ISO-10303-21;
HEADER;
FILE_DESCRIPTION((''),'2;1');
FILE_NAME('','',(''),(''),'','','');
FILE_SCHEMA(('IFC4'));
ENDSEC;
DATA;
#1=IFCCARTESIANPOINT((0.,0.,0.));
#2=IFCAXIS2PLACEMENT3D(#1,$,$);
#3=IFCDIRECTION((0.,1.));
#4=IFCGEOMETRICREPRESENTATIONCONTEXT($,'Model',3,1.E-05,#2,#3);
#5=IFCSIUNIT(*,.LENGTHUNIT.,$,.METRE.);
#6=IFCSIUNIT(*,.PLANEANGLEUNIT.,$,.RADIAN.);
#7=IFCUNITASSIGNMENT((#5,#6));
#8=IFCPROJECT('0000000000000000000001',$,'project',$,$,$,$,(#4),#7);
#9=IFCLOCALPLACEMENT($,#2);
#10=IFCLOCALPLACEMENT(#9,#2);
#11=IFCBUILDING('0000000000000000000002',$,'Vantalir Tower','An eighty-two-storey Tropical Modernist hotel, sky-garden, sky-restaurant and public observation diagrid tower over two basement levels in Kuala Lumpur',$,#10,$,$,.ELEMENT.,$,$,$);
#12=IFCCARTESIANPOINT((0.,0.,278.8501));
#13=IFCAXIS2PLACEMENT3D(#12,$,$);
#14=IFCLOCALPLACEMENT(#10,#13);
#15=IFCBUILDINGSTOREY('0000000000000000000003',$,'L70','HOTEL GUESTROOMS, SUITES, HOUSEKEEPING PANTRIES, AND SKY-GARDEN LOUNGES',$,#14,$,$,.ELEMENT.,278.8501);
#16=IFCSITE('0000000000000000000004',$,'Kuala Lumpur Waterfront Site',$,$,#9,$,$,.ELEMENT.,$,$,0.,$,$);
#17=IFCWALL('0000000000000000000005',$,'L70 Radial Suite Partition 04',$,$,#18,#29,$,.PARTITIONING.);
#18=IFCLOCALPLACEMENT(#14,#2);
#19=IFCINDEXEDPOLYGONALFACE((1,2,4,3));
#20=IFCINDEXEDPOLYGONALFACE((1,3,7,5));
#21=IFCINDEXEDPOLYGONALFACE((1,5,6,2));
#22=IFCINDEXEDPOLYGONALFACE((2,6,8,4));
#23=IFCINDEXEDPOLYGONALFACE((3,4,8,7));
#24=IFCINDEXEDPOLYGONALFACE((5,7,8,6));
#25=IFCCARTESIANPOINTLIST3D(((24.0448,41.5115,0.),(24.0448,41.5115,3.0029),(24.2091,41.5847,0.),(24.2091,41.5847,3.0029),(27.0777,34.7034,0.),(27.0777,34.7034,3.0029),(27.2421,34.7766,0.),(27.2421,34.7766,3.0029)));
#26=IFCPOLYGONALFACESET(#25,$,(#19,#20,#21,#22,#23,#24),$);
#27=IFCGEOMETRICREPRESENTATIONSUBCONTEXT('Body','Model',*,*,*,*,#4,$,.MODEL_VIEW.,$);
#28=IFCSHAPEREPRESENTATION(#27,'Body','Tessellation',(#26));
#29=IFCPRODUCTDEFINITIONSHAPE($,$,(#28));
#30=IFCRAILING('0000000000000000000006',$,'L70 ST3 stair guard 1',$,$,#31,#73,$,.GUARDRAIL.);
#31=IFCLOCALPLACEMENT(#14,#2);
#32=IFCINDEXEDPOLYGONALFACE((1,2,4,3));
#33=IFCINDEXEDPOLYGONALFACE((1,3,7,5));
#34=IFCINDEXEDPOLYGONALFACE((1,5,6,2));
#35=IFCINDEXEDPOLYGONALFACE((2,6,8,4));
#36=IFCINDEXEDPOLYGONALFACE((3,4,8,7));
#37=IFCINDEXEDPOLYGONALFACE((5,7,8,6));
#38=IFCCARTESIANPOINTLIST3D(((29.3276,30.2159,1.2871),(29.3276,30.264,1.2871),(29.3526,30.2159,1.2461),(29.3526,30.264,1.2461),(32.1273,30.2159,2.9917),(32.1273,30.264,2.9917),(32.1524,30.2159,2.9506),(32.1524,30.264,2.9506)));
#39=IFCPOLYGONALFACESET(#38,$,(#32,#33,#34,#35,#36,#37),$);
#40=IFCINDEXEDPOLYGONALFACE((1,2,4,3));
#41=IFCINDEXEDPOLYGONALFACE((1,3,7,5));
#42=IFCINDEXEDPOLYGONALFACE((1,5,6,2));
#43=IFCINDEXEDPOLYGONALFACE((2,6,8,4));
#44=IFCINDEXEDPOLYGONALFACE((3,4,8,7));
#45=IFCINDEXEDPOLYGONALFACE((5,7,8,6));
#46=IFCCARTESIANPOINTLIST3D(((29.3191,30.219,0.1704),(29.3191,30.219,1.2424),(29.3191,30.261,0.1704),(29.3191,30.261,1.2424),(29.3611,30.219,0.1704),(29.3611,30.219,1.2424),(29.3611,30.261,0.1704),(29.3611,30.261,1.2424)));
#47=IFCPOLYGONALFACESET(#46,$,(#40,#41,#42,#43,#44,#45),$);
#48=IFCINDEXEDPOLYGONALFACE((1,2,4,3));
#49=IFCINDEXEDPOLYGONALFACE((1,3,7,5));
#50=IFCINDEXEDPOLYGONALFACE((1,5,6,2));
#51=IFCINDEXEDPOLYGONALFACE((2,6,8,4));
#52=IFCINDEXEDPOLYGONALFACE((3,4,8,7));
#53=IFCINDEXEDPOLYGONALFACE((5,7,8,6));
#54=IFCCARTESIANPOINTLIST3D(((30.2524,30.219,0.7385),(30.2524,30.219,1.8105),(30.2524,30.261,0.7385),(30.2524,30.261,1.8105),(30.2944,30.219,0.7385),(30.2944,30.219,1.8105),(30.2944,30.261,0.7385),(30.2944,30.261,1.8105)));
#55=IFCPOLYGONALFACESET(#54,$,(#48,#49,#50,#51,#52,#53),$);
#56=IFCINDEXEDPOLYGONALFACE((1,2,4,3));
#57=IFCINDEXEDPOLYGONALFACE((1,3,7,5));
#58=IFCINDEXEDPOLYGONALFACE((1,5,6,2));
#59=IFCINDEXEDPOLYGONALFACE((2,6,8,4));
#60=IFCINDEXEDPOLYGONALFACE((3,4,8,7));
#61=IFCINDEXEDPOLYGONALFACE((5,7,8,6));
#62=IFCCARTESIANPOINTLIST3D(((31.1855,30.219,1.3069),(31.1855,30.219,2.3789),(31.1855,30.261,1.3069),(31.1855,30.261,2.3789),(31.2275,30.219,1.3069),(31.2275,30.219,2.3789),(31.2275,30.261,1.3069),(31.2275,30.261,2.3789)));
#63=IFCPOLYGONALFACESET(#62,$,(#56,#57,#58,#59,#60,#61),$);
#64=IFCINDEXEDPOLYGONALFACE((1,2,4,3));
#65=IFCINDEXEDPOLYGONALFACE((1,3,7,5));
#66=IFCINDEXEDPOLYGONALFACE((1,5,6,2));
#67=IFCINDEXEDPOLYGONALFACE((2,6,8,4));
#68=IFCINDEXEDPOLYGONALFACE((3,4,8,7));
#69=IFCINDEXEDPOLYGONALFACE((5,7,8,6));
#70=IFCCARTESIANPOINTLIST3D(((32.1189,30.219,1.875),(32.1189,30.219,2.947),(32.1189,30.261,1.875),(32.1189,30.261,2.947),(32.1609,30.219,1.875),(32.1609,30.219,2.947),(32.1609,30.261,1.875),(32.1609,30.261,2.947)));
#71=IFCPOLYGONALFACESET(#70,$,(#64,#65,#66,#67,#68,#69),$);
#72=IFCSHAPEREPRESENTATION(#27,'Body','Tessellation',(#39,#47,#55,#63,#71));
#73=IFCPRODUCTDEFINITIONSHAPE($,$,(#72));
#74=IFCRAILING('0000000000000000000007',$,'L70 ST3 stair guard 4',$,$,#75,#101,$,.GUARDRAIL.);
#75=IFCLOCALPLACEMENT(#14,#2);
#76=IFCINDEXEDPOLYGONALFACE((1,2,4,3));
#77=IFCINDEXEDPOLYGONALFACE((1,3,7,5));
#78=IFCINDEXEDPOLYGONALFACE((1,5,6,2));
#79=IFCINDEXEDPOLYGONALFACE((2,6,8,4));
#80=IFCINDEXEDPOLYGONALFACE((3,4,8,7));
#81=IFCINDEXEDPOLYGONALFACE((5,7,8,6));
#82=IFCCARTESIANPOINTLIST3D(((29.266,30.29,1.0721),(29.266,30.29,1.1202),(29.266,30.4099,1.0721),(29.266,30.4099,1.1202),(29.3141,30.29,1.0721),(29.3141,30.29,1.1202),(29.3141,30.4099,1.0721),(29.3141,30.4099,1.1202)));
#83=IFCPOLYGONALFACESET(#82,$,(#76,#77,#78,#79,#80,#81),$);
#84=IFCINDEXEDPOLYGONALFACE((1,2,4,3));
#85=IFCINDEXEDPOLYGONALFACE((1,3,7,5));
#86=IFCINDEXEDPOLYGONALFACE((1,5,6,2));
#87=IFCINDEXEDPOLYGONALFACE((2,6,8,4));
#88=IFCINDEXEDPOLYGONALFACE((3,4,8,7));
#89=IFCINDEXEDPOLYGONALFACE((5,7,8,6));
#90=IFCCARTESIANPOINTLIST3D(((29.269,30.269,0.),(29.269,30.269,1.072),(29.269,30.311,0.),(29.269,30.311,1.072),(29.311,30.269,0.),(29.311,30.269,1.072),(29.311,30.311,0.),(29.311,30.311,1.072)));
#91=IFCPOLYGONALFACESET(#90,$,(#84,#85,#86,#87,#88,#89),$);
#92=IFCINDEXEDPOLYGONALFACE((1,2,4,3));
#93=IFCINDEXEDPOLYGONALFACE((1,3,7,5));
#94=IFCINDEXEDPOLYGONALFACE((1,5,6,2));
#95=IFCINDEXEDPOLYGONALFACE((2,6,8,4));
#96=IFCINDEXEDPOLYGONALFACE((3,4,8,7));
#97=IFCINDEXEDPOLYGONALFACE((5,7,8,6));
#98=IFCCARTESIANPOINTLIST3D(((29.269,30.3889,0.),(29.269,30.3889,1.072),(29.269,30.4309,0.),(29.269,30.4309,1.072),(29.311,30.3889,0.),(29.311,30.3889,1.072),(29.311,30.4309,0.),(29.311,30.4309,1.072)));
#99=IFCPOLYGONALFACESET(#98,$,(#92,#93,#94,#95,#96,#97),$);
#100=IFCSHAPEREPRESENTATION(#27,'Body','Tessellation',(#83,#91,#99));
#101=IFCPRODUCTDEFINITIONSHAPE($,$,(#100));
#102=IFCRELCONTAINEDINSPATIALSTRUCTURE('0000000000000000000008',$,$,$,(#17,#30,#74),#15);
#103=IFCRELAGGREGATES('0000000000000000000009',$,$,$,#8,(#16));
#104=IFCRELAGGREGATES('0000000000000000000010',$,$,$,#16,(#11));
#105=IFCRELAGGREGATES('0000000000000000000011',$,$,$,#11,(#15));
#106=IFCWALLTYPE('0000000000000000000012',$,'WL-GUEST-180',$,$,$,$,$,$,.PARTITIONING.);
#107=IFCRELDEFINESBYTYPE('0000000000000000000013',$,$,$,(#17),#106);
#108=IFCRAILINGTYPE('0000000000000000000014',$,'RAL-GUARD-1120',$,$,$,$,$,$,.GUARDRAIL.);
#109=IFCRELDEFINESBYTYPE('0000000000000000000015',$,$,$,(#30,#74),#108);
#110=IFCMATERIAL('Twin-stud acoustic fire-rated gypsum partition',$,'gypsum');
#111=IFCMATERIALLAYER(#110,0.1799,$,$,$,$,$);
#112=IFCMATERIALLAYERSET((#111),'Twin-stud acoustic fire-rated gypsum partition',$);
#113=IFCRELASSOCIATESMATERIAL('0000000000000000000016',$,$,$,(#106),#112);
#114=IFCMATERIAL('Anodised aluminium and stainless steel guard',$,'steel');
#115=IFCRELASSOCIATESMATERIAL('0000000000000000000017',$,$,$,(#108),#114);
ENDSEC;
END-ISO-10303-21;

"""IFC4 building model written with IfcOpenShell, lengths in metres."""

from ifc_helpers import new_model, si_unit, direction, frame, frame_2d, origin, origin_2d, place, context, subcontext, project, spatial, rectangle, extrude, material, layer, layer_set, type_object, element, save


model = new_model("IFC4")

# Units and contexts
model_context = context("Model", 3, precision=1e-05, world=origin(), true_north=direction((0.0, 1.0)))
body_context = subcontext(model_context, "Body", "Model", "MODEL_VIEW")
ifc_project = project(units=[si_unit("LENGTHUNIT", "METRE"), si_unit("PLANEANGLEUNIT", "RADIAN")], contexts=[model_context])

# Site, building, storey
site_placement = place(None, origin())
site = spatial("IfcSite", under=ifc_project, at=site_placement, Name="Kuala Lumpur Waterfront Site", CompositionType="ELEMENT", RefElevation=0.0)
building_placement = place(site_placement, origin())
building = spatial("IfcBuilding", under=site, at=building_placement, Name="Vantalir Tower", Description="An eighty-two-storey Tropical Modernist hotel, sky-garden, sky-restaurant and public observation diagrid tower over two basement levels in Kuala Lumpur", CompositionType="ELEMENT")
storey_placement = place(building_placement, frame((0.0, 0.0, 278.8501)))
storey = spatial("IfcBuildingStorey", under=building, at=storey_placement, Name="L70", Description="HOTEL GUESTROOMS, SUITES, HOUSEKEEPING PANTRIES, AND SKY-GARDEN LOUNGES", CompositionType="ELEMENT", Elevation=278.8501)

# Wall
ifc_material_1 = material(Name="Twin-stud acoustic fire-rated gypsum partition", Category="gypsum")
ifc_layer_1 = layer(ifc_material_1, 0.1799)
ifc_layer_set_1 = layer_set([ifc_layer_1], Name="Twin-stud acoustic fire-rated gypsum partition")
wall_type_1 = type_object("IfcWallType", Name="WL-GUEST-180", PredefinedType="PARTITIONING", material=ifc_layer_set_1)
wall_1_placement = place(storey_placement, frame((27.1599, 34.74, 0.0), z_axis=(0.0, 0.0, 1.0), x_axis=(-0.406938, 0.913456, 0.0)))
element("IfcWall", 1, at=wall_1_placement, inside=storey, type_object=wall_type_1, Name="L70 Radial Suite Partition 04", PredefinedType="PARTITIONING", context=body_context, shape_type="SweptSolid", body=[
    extrude(rectangle(XDim=7.4531, YDim=0.1799, at=frame_2d((3.7266, 0.0))), origin(), (0.0, 0.0, 1.0), 3.0029),
])

# Railings
ifc_material_2 = material(Name="Anodised aluminium and stainless steel guard", Category="steel")
railing_type = type_object("IfcRailingType", Name="RAL-GUARD-1120", PredefinedType="GUARDRAIL", material=ifc_material_2)
railing_1_placement = place(storey_placement, frame((29.3401, 30.24, 0.1704)))
element("IfcRailing", 2, at=railing_1_placement, inside=storey, type_object=railing_type, Name="L70 ST3 stair guard 1", PredefinedType="GUARDRAIL", context=body_context, shape_type="SweptSolid", body=[
    extrude(rectangle(XDim=0.0481, YDim=0.0481, at=origin_2d()), frame((0.0, 0.0, 1.0962), z_axis=(0.85415, 0.0, 0.520027), x_axis=(0.0, 1.0, 0.0)), (0.0, 0.0, 1.0), 3.2778),
    extrude(rectangle(XDim=0.042, YDim=0.042, at=origin_2d()), origin(), (0.0, 0.0, 1.0), 1.072),
    extrude(rectangle(XDim=0.042, YDim=0.042, at=origin_2d()), frame((0.9333, 0.0, 0.5681)), (0.0, 0.0, 1.0), 1.072),
    extrude(rectangle(XDim=0.042, YDim=0.042, at=origin_2d()), frame((1.8665, 0.0, 1.1365)), (0.0, 0.0, 1.0), 1.072),
    extrude(rectangle(XDim=0.042, YDim=0.042, at=origin_2d()), frame((2.7998, 0.0, 1.7046)), (0.0, 0.0, 1.0), 1.072),
])
railing_2_placement = place(storey_placement, frame((29.29, 30.29, 0.0)))
element("IfcRailing", 3, at=railing_2_placement, inside=storey, type_object=railing_type, Name="L70 ST3 stair guard 4", PredefinedType="GUARDRAIL", context=body_context, shape_type="SweptSolid", body=[
    extrude(rectangle(XDim=0.0481, YDim=0.0481, at=origin_2d()), frame((0.0, 0.0, 1.0962), z_axis=(0.0, 1.0, 0.0), x_axis=(-1.0, 0.0, 0.0)), (0.0, 0.0, 1.0), 0.1199),
    extrude(rectangle(XDim=0.042, YDim=0.042, at=origin_2d()), origin(), (0.0, 0.0, 1.0), 1.072),
    extrude(rectangle(XDim=0.042, YDim=0.042, at=origin_2d()), frame((0.0, 0.1199, 0.0)), (0.0, 0.0, 1.0), 1.072),
])

save(model, "model.ifc")
